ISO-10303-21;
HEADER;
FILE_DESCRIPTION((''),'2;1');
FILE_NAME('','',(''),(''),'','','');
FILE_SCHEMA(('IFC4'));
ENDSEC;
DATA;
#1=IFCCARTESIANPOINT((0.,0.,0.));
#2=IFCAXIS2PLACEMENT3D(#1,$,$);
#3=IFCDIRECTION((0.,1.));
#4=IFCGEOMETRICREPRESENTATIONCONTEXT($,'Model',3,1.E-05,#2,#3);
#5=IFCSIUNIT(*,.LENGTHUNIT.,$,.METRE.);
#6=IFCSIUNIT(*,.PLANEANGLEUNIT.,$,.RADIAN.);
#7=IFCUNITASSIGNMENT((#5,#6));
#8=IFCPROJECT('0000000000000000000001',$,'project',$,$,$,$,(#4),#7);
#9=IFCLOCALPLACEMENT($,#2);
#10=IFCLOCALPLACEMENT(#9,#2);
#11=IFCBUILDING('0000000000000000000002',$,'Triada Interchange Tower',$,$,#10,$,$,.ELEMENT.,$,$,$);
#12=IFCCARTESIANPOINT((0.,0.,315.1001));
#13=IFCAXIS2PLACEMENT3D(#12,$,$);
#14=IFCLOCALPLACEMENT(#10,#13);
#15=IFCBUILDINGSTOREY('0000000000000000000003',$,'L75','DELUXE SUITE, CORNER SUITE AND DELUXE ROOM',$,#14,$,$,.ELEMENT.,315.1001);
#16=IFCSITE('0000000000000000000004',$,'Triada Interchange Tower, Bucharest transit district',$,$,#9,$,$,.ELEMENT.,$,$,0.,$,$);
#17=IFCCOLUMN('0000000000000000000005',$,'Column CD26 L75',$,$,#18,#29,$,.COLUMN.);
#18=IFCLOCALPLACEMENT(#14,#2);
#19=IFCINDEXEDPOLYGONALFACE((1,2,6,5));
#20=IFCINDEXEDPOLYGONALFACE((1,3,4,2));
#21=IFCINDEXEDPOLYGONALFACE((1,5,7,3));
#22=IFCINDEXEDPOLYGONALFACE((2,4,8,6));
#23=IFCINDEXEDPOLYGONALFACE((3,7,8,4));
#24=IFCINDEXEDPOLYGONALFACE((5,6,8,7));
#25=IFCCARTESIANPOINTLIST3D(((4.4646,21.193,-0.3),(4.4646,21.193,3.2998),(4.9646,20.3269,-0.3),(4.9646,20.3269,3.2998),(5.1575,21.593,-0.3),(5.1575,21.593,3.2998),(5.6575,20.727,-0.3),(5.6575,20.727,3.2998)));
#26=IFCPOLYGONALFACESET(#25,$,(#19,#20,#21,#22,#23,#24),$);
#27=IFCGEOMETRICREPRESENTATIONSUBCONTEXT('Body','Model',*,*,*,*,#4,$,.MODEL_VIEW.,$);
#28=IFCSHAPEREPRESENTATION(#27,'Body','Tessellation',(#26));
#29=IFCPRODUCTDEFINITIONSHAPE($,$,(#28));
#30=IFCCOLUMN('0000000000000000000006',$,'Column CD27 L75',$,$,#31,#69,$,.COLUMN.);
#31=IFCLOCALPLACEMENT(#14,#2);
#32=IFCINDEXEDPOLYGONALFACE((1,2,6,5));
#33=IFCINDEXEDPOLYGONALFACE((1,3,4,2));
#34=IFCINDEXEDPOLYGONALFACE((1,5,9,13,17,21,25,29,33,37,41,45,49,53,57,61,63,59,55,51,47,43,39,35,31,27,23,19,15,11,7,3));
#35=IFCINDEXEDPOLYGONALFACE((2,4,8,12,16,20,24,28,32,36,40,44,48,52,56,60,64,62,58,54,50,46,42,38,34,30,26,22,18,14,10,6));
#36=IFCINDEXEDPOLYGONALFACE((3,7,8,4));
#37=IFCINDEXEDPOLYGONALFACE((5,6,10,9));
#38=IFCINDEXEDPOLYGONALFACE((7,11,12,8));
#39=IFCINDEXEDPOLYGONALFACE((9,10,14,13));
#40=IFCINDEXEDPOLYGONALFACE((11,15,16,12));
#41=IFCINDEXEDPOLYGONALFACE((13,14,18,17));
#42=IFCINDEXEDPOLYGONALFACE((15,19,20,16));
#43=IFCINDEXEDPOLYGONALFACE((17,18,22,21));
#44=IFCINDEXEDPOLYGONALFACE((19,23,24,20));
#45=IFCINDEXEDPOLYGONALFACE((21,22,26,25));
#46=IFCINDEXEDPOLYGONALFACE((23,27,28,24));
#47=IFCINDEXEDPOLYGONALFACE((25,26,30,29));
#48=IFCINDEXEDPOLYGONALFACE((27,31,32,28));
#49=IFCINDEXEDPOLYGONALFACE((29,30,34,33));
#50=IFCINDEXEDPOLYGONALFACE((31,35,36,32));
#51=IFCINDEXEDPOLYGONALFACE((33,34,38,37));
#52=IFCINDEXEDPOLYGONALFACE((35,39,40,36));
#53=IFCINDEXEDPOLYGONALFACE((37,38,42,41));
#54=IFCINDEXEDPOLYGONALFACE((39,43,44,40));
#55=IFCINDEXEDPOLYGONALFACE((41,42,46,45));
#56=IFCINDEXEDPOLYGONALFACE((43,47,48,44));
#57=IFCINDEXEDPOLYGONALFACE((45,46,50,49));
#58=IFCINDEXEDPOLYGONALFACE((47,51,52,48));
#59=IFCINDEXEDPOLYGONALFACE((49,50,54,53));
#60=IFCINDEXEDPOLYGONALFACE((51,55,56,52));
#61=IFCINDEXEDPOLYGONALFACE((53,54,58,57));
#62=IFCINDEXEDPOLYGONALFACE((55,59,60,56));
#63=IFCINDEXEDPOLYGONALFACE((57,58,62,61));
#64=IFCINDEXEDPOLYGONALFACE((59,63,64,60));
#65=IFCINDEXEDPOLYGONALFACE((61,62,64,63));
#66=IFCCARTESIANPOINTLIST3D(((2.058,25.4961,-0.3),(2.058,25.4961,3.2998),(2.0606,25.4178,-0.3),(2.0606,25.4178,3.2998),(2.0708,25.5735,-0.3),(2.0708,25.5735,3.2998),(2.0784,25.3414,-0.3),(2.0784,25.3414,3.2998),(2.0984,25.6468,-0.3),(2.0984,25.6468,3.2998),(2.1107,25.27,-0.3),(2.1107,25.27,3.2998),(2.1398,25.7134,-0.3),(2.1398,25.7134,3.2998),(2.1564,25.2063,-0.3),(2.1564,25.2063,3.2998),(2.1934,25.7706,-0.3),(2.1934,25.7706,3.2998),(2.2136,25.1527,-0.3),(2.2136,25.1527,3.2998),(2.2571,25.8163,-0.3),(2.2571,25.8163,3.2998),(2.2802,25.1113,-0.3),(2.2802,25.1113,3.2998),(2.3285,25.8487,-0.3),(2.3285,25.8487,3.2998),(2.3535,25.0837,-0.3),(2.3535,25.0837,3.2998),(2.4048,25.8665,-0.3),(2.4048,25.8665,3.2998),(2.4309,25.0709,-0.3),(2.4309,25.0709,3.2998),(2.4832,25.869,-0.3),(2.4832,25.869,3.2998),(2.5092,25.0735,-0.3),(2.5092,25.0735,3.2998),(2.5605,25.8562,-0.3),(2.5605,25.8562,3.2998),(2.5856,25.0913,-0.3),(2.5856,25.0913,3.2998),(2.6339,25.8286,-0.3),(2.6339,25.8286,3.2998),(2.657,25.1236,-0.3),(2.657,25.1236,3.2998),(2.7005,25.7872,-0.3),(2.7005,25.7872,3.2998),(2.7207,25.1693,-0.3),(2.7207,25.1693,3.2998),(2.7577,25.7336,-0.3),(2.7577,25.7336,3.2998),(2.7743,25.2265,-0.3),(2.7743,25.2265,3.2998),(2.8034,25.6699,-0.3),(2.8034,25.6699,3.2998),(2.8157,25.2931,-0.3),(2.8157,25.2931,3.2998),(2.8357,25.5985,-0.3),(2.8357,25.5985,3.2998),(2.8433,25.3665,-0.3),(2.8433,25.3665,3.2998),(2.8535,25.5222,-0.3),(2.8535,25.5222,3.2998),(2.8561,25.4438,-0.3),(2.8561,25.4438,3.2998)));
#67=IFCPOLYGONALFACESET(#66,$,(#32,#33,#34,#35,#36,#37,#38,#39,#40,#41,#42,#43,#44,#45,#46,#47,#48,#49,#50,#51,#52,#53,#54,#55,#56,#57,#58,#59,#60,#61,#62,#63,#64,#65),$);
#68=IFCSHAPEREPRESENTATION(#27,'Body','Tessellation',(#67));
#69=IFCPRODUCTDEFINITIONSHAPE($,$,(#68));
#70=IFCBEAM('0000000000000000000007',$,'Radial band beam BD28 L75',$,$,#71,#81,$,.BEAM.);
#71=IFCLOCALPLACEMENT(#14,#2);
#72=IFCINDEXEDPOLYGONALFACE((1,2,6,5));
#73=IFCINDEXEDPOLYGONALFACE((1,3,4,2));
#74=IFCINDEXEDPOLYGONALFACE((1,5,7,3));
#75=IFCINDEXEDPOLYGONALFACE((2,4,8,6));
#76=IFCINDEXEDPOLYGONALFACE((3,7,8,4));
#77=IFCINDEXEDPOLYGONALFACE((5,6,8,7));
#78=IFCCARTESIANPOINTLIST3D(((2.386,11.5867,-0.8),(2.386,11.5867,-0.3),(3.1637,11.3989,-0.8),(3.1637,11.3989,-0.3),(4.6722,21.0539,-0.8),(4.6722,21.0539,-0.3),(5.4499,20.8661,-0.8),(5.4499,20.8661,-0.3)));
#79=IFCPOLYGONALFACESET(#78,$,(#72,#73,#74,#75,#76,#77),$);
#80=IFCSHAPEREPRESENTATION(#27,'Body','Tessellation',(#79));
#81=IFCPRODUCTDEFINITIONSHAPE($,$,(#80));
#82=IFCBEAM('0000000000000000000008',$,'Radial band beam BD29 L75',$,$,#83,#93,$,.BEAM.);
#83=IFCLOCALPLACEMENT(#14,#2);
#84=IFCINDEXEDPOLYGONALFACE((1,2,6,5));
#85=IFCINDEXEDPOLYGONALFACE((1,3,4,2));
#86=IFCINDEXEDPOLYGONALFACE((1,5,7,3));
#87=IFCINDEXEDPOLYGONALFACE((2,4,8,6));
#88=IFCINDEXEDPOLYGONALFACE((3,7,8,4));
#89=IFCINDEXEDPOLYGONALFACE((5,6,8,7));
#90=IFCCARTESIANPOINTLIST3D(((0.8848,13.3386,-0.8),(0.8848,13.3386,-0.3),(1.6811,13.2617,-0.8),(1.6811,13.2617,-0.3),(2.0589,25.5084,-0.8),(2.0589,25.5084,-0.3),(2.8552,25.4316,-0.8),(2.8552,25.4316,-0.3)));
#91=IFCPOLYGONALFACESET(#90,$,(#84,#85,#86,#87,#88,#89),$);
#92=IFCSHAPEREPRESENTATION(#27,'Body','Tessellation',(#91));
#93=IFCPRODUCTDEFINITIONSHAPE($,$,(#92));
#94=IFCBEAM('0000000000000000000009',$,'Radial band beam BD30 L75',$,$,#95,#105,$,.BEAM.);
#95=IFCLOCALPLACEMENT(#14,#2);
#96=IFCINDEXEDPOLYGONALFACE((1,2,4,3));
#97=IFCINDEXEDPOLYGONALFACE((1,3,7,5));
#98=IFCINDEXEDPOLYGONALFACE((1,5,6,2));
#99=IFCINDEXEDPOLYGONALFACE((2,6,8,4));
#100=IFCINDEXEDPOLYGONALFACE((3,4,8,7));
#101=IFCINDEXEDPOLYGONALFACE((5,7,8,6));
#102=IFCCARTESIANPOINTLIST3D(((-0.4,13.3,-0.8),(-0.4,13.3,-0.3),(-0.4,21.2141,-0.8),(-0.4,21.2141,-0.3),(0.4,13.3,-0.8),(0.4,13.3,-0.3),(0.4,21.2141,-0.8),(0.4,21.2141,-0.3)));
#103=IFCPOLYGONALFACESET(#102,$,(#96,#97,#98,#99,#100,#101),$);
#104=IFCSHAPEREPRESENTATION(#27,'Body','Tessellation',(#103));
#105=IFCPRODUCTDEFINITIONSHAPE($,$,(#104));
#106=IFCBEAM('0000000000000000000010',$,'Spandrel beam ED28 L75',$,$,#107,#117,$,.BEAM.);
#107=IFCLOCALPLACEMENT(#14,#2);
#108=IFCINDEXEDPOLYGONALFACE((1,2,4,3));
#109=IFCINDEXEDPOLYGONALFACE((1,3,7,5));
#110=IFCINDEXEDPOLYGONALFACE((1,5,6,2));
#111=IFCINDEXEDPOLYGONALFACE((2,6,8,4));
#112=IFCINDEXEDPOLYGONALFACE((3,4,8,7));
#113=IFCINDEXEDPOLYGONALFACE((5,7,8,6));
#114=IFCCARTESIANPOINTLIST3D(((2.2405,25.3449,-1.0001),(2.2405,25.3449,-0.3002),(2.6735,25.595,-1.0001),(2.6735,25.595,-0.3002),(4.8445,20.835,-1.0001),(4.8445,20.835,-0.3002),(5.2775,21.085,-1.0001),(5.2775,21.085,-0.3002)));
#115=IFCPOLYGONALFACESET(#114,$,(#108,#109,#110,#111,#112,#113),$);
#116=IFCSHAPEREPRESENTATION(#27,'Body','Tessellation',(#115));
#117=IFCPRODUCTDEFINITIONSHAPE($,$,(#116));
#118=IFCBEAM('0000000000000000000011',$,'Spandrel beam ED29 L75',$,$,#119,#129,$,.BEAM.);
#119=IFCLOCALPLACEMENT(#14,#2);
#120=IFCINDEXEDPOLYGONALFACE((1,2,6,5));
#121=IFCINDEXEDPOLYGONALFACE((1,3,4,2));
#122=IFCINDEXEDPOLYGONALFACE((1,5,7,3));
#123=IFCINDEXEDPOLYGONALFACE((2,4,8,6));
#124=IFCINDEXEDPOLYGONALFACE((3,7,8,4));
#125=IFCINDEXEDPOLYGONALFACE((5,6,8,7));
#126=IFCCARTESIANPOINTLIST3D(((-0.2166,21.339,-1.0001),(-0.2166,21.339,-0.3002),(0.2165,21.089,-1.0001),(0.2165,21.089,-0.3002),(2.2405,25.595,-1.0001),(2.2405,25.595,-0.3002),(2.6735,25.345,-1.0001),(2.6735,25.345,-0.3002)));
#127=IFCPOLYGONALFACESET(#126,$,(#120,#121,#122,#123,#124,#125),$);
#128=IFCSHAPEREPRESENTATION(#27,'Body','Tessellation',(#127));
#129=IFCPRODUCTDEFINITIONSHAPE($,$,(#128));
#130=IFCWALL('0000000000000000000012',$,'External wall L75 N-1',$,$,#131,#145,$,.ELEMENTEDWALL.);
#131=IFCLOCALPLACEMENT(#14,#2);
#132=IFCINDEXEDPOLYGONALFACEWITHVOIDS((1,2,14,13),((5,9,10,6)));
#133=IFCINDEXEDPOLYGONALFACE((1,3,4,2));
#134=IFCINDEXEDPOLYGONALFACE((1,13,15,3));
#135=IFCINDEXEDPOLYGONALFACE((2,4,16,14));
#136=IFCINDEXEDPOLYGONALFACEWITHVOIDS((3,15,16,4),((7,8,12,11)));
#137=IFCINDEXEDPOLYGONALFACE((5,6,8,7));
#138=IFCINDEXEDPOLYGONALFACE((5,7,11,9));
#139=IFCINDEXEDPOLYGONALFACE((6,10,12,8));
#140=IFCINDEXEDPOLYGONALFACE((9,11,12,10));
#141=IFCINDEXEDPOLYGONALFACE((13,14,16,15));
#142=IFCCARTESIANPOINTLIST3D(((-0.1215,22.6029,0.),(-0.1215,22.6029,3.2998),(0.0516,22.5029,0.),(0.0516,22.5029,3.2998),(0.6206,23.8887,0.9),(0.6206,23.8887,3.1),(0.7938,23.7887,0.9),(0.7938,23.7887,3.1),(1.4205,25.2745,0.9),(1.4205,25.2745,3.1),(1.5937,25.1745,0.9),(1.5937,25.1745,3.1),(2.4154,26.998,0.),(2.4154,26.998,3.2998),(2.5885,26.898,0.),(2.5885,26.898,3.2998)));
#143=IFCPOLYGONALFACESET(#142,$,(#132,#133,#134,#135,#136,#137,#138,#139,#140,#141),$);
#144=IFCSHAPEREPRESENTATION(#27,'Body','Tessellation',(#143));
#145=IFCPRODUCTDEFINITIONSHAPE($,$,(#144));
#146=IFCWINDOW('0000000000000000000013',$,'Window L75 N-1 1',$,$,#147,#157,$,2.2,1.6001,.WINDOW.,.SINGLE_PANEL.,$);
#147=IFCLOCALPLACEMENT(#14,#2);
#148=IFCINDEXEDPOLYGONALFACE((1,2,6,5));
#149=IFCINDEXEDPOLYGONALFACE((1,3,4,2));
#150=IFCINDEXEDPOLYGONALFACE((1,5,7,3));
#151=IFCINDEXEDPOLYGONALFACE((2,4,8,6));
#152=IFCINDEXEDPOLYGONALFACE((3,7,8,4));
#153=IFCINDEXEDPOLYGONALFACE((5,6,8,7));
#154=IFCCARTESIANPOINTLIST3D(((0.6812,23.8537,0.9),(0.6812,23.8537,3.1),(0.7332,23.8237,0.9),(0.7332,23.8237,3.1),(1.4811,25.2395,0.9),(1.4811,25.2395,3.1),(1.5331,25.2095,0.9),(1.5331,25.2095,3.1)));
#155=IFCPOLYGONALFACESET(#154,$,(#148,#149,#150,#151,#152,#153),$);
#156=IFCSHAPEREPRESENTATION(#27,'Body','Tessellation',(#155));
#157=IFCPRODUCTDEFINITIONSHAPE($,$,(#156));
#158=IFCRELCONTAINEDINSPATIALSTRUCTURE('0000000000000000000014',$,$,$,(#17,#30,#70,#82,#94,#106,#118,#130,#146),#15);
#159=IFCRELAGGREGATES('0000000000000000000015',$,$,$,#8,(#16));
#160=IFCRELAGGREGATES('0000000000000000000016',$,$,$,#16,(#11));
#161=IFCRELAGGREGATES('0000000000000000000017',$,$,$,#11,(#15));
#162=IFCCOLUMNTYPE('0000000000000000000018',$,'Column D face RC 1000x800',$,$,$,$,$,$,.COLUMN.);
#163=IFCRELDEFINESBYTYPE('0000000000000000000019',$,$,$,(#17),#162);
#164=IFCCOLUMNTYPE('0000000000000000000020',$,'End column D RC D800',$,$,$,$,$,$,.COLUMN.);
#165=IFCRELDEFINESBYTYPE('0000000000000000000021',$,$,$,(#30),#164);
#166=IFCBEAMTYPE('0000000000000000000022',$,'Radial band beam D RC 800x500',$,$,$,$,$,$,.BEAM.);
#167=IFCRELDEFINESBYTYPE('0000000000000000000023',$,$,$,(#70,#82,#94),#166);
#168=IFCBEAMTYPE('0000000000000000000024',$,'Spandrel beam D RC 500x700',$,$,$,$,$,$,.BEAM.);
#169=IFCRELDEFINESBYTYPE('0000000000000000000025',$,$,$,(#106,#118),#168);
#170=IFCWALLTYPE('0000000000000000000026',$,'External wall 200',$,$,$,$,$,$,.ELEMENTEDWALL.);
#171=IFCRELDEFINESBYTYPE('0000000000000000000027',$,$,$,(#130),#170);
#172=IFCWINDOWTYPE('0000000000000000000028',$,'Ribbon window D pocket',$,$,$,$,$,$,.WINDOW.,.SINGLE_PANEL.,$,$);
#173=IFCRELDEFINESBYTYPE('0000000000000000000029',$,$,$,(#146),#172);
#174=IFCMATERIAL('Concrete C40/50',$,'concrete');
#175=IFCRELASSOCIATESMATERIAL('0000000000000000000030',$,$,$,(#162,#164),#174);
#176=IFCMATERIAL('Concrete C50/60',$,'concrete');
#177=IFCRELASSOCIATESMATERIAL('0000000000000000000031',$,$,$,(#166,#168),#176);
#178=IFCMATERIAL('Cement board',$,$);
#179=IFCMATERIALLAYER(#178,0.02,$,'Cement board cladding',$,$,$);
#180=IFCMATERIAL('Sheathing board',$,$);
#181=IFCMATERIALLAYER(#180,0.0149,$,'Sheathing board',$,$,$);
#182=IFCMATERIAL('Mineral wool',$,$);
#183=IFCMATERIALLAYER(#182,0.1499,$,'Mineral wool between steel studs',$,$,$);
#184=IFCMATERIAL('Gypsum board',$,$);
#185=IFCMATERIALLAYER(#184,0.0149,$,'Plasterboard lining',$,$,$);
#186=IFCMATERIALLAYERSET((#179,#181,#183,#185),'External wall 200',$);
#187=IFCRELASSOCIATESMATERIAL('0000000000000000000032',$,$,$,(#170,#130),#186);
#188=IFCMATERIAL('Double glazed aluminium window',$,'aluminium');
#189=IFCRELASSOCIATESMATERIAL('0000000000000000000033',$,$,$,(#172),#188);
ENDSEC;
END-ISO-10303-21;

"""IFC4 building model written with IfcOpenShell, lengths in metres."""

from ifc_helpers import new_model, si_unit, direction, frame, frame_2d, origin, origin_2d, place, context, subcontext, project, spatial, rectangle, circle, extrude, material, layer, layer_set, layer_usage, material_profile, profile_set, type_object, element, fill, save


model = new_model("IFC4")

# Units and contexts
model_context = context("Model", 3, precision=1e-05, world=origin(), true_north=direction((0.0, 1.0)))
body_context = subcontext(model_context, "Body", "Model", "MODEL_VIEW")
ifc_project = project(units=[si_unit("LENGTHUNIT", "METRE"), si_unit("PLANEANGLEUNIT", "RADIAN")], contexts=[model_context])

# Site, building, storey
site_placement = place(None, origin())
site = spatial("IfcSite", under=ifc_project, at=site_placement, Name="Triada Interchange Tower, Bucharest transit district", CompositionType="ELEMENT", RefElevation=0.0)
building_placement = place(site_placement, origin())
building = spatial("IfcBuilding", under=site, at=building_placement, Name="Triada Interchange Tower", CompositionType="ELEMENT")
storey_placement = place(building_placement, frame((0.0, 0.0, 315.1001)))
storey = spatial("IfcBuildingStorey", under=building, at=storey_placement, Name="L75", Description="DELUXE SUITE, CORNER SUITE AND DELUXE ROOM", CompositionType="ELEMENT", Elevation=315.1001)

# Columns
ifc_material_1 = material(Name="Concrete C40/50", Category="concrete")
ifc_material_profile_1 = material_profile(ifc_material_1, rectangle(XDim=1.0, YDim=0.8, at=origin_2d()), Name="RC 1000x800")
ifc_profile_set_1 = profile_set([ifc_material_profile_1], Name="Concrete C40/50")
column_type_1 = type_object("IfcColumnType", Name="Column D face RC 1000x800", PredefinedType="COLUMN", material=ifc_profile_set_1)
column_1_placement = place(storey_placement, frame((5.061, 20.96, -0.3), z_axis=(0.0, 0.0, 1.0), x_axis=(-0.5, 0.866025, 0.0)))
element("IfcColumn", 1, at=column_1_placement, inside=storey, type_object=column_type_1, Name="Column CD26 L75", PredefinedType="COLUMN", context=body_context, shape_type="SweptSolid", body=[
    extrude(rectangle(XDim=1.0, YDim=0.8, at=origin_2d()), origin(), (0.0, 0.0, 1.0), 3.5999),
])
ifc_material_profile_2 = material_profile(ifc_material_1, circle(Radius=0.3999, at=origin_2d()), Name="RC D800")
ifc_profile_set_2 = profile_set([ifc_material_profile_2], Name="Concrete C40/50")
column_type_2 = type_object("IfcColumnType", Name="End column D RC D800", PredefinedType="COLUMN", material=ifc_profile_set_2)
column_2_placement = place(storey_placement, frame((2.457, 25.47, -0.3), z_axis=(0.0, 0.0, 1.0), x_axis=(-0.5, 0.866025, 0.0)))
element("IfcColumn", 2, at=column_2_placement, inside=storey, type_object=column_type_2, Name="Column CD27 L75", PredefinedType="COLUMN", context=body_context, shape_type="SweptSolid", body=[
    extrude(circle(Radius=0.3999, at=origin_2d()), origin(), (0.0, 0.0, 1.0), 3.5999),
])

# Beams
ifc_material_2 = material(Name="Concrete C50/60", Category="concrete")
ifc_material_profile_3 = material_profile(ifc_material_2, rectangle(XDim=0.8, YDim=0.5, at=origin_2d()), Name="RC 800x500")
ifc_profile_set_3 = profile_set([ifc_material_profile_3], Name="Concrete C50/60")
beam_type_1 = type_object("IfcBeamType", Name="Radial band beam D RC 800x500", PredefinedType="BEAM", material=ifc_profile_set_3)
beam_1_placement = place(storey_placement, frame((5.061, 20.96, -0.55), z_axis=(-0.234736, -0.972059, 0.0), x_axis=(0.972059, -0.234736, 0.0)))
element("IfcBeam", 3, at=beam_1_placement, inside=storey, type_object=beam_type_1, Name="Radial band beam BD28 L75", PredefinedType="BEAM", context=body_context, shape_type="SweptSolid", body=[
    extrude(rectangle(XDim=0.8, YDim=0.5, at=origin_2d()), origin(), (0.0, 0.0, 1.0), 9.7393),
])
beam_2_placement = place(storey_placement, frame((2.457, 25.47, -0.55), z_axis=(-0.096027, -0.995379, 0.0), x_axis=(0.995379, -0.096027, 0.0)))
element("IfcBeam", 4, at=beam_2_placement, inside=storey, type_object=beam_type_1, Name="Radial band beam BD29 L75", PredefinedType="BEAM", context=body_context, shape_type="SweptSolid", body=[
    extrude(rectangle(XDim=0.8, YDim=0.5, at=origin_2d()), origin(), (0.0, 0.0, 1.0), 12.2263),
])
beam_3_placement = place(storey_placement, frame((0.0, 21.2141, -0.55), z_axis=(0.0, -1.0, 0.0), x_axis=(1.0, 0.0, 0.0)))
element("IfcBeam", 5, at=beam_3_placement, inside=storey, type_object=beam_type_1, Name="Radial band beam BD30 L75", PredefinedType="BEAM", context=body_context, shape_type="SweptSolid", body=[
    extrude(rectangle(XDim=0.8, YDim=0.5, at=origin_2d()), origin(), (0.0, 0.0, 1.0), 7.9141),
])
ifc_material_profile_4 = material_profile(ifc_material_2, rectangle(XDim=0.5, YDim=0.7, at=origin_2d()), Name="RC 500x700")
ifc_profile_set_4 = profile_set([ifc_material_profile_4], Name="Concrete C50/60")
beam_type_2 = type_object("IfcBeamType", Name="Spandrel beam D RC 500x700", PredefinedType="BEAM", material=ifc_profile_set_4)
beam_4_placement = place(storey_placement, frame((5.061, 20.96, -0.6501), z_axis=(-0.500021, 0.866013, 0.0), x_axis=(-0.866013, -0.500021, 0.0)))
element("IfcBeam", 6, at=beam_4_placement, inside=storey, type_object=beam_type_2, Name="Spandrel beam ED28 L75", PredefinedType="BEAM", context=body_context, shape_type="SweptSolid", body=[
    extrude(rectangle(XDim=0.5, YDim=0.7, at=origin_2d()), origin(), (0.0, 0.0, 1.0), 5.2078),
])
beam_5_placement = place(storey_placement, frame((2.457, 25.47, -0.6501), z_axis=(-0.499986, -0.866033, 0.0), x_axis=(0.866033, -0.499986, 0.0)))
element("IfcBeam", 7, at=beam_5_placement, inside=storey, type_object=beam_type_2, Name="Spandrel beam ED29 L75", PredefinedType="BEAM", context=body_context, shape_type="SweptSolid", body=[
    extrude(rectangle(XDim=0.5, YDim=0.7, at=origin_2d()), origin(), (0.0, 0.0, 1.0), 4.9143),
])

# Wall, opening, window
ifc_material_3 = material(Name="Cement board")
ifc_layer_1 = layer(ifc_material_3, 0.02, Name="Cement board cladding")
ifc_material_4 = material(Name="Sheathing board")
ifc_layer_2 = layer(ifc_material_4, 0.0149, Name="Sheathing board")
ifc_material_5 = material(Name="Mineral wool")
ifc_layer_3 = layer(ifc_material_5, 0.1499, Name="Mineral wool between steel studs")
ifc_material_6 = material(Name="Gypsum board")
ifc_layer_4 = layer(ifc_material_6, 0.0149, Name="Plasterboard lining")
ifc_layer_set_1 = layer_set([ifc_layer_1, ifc_layer_2, ifc_layer_3, ifc_layer_4], Name="External wall 200")
ifc_layer_usage = layer_usage(ifc_layer_set_1, "AXIS2", "POSITIVE", -0.1001)
wall_type_1 = type_object("IfcWallType", Name="External wall 200", PredefinedType="ELEMENTEDWALL", material=ifc_layer_set_1)
wall_1_placement = place(storey_placement, frame((2.502, 26.948, 0.0), z_axis=(0.0, 0.0, 1.0), x_axis=(-0.499911, -0.866077, 0.0)))
wall_1 = element("IfcWall", 8, at=wall_1_placement, inside=storey, type_object=wall_type_1, material=ifc_layer_usage, Name="External wall L75 N-1", PredefinedType="ELEMENTEDWALL", context=body_context, shape_type="SweptSolid", body=[
    extrude(rectangle(XDim=5.0747, YDim=0.2, at=frame_2d((2.5374, 0.0))), origin(), (0.0, 0.0, 1.0), 3.2998),
])
opening_1_placement = place(wall_1_placement, frame((1.99, 0.0, 0.8999)))
opening_1 = element("IfcOpeningElement", 9, at=opening_1_placement, cuts=wall_1, PredefinedType="OPENING", context=body_context, shape_type="SweptSolid", body=[
    extrude(rectangle(XDim=1.6001, YDim=2.2, at=frame_2d((0.8, 1.1001))), frame((0.0, 0.1099, 0.0), z_axis=(0.0, -1.0, 0.0), x_axis=(1.0, 0.0, 0.0)), (0.0, 0.0, 1.0), 0.22),
])
ifc_material_7 = material(Name="Double glazed aluminium window", Category="aluminium")
window_type = type_object("IfcWindowType", Name="Ribbon window D pocket", PartitioningType="SINGLE_PANEL", PredefinedType="WINDOW", material=ifc_material_7)
window_1_placement = place(opening_1_placement, origin())
window_1 = element("IfcWindow", 10, at=window_1_placement, inside=storey, type_object=window_type, Name="Window L75 N-1 1", OverallHeight=2.2, OverallWidth=1.6001, PartitioningType="SINGLE_PANEL", PredefinedType="WINDOW", context=body_context, shape_type="SweptSolid", body=[
    extrude(rectangle(XDim=1.6001, YDim=2.2, at=frame_2d((0.8, 1.1001))), frame((0.0, 0.03, 0.0), z_axis=(0.0, -1.0, 0.0), x_axis=(1.0, 0.0, 0.0)), (0.0, 0.0, 1.0), 0.0601),
])
fill(opening_1, window_1)

save(model, "model.ifc")
